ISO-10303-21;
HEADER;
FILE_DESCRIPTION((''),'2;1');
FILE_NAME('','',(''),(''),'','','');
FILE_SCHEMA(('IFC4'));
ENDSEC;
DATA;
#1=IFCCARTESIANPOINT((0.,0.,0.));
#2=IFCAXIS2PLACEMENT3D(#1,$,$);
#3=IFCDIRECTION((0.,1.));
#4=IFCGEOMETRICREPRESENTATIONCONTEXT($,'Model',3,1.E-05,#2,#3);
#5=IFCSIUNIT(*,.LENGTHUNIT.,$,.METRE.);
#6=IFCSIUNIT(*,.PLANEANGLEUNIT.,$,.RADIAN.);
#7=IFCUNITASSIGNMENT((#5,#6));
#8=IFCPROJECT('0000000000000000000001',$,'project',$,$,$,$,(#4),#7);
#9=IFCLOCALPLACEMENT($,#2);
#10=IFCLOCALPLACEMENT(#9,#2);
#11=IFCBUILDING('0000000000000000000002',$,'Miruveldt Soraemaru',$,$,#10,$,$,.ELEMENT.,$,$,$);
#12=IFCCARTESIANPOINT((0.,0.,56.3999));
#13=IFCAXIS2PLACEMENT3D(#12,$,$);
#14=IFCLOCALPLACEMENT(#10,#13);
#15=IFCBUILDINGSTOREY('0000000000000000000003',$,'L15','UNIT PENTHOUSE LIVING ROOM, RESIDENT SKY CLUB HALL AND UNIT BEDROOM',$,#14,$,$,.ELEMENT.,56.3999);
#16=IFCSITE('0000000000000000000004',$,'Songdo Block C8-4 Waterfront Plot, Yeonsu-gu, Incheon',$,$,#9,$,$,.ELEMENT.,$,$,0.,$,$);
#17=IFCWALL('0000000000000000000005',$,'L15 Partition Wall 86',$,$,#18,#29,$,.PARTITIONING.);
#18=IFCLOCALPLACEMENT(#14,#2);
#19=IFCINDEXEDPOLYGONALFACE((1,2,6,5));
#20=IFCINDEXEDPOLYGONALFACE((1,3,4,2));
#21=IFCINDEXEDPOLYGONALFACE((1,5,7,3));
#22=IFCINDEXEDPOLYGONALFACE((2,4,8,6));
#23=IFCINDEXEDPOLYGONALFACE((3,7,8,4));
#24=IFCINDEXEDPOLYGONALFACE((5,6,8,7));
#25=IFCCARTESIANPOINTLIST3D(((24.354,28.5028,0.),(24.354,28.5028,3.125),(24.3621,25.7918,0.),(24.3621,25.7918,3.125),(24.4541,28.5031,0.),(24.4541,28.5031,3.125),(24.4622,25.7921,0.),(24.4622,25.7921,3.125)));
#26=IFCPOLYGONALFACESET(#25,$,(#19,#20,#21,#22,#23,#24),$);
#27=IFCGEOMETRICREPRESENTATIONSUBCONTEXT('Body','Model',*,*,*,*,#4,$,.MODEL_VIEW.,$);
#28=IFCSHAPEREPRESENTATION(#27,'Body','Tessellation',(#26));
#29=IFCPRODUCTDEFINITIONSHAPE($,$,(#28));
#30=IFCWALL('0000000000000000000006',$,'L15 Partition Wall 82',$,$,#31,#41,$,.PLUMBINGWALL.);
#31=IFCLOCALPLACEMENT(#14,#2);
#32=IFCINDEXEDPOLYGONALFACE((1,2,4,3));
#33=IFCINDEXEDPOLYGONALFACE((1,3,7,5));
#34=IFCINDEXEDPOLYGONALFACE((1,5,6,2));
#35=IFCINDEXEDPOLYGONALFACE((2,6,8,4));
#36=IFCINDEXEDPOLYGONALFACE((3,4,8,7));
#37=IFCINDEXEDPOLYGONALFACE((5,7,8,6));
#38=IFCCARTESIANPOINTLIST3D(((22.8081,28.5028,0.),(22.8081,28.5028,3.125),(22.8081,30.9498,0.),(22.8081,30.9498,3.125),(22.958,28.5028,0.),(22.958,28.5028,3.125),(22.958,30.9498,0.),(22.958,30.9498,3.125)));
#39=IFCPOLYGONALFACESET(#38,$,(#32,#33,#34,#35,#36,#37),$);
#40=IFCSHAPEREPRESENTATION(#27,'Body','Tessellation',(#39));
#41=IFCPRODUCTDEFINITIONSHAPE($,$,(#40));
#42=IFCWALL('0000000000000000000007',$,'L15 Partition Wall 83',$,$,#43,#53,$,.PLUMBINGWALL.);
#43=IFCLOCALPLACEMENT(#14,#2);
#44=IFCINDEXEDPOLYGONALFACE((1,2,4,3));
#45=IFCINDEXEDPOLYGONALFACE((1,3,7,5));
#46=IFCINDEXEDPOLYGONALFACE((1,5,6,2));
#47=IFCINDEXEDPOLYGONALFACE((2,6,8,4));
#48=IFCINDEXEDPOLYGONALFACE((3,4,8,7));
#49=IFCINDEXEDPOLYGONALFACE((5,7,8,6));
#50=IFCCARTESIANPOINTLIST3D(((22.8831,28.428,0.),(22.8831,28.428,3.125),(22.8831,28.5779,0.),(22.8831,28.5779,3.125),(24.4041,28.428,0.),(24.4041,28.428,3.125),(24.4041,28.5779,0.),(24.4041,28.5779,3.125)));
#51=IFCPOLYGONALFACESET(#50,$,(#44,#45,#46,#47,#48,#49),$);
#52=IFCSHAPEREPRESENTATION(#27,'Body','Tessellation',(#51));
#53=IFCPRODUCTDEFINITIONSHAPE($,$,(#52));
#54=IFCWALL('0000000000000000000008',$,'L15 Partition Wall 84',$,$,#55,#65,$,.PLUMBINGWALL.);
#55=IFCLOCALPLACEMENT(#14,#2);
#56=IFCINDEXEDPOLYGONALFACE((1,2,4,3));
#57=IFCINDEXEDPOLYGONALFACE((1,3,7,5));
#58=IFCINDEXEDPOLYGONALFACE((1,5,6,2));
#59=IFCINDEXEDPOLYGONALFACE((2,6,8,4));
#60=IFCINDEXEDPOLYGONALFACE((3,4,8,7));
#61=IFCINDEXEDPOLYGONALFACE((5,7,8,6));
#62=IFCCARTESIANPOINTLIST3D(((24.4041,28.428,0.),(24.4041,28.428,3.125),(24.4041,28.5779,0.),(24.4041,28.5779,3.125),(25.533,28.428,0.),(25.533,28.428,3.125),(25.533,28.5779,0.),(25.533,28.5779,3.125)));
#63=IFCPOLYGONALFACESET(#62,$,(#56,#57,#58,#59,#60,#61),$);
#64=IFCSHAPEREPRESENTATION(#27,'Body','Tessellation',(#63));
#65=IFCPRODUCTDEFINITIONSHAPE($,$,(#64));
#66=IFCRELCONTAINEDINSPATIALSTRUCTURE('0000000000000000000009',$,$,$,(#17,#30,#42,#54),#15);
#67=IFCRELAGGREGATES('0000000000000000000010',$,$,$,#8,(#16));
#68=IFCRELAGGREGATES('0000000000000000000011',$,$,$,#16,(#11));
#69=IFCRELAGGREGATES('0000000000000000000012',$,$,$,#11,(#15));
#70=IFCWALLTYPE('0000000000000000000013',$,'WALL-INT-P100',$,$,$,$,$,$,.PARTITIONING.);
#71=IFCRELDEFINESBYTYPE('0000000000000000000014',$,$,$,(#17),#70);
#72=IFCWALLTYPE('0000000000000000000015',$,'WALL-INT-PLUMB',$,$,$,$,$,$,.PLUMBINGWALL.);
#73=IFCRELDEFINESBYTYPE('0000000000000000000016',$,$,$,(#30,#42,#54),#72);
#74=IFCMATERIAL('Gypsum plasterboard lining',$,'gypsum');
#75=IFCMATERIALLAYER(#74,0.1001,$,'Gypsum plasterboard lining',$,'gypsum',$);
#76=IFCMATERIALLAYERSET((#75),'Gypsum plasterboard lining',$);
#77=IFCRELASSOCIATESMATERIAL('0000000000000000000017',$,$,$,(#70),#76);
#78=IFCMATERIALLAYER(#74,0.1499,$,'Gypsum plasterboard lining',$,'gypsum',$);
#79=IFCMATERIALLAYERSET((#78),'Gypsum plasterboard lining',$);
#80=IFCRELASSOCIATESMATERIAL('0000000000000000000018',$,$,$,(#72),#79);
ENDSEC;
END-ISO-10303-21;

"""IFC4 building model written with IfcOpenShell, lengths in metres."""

from ifc_helpers import new_model, si_unit, direction, frame, frame_2d, origin, place, context, subcontext, project, spatial, rectangle, extrude, material, layer, layer_set, type_object, element, save


model = new_model("IFC4")

# Units and contexts
model_context = context("Model", 3, precision=1e-05, world=origin(), true_north=direction((0.0, 1.0)))
body_context = subcontext(model_context, "Body", "Model", "MODEL_VIEW")
ifc_project = project(units=[si_unit("LENGTHUNIT", "METRE"), si_unit("PLANEANGLEUNIT", "RADIAN")], contexts=[model_context])

# Site, building, storey
site_placement = place(None, origin())
site = spatial("IfcSite", under=ifc_project, at=site_placement, Name="Songdo Block C8-4 Waterfront Plot, Yeonsu-gu, Incheon", CompositionType="ELEMENT", RefElevation=0.0)
building_placement = place(site_placement, origin())
building = spatial("IfcBuilding", under=site, at=building_placement, Name="Miruveldt Soraemaru", CompositionType="ELEMENT")
storey_placement = place(building_placement, frame((0.0, 0.0, 56.3999)))
storey = spatial("IfcBuildingStorey", under=building, at=storey_placement, Name="L15", Description="UNIT PENTHOUSE LIVING ROOM, RESIDENT SKY CLUB HALL AND UNIT BEDROOM", CompositionType="ELEMENT", Elevation=56.3999)

# Shared definitions
ifc_material_1 = material(Name="Gypsum plasterboard lining", Category="gypsum")
ifc_layer_1 = layer(ifc_material_1, 0.1001, Name="Gypsum plasterboard lining", Category="gypsum")
ifc_layer_set_1 = layer_set([ifc_layer_1], Name="Gypsum plasterboard lining")
wall_type_1 = type_object("IfcWallType", Name="WALL-INT-P100", PredefinedType="PARTITIONING", material=ifc_layer_set_1)

# Walls
wall_1_placement = place(storey_placement, frame((24.4121, 25.792, 0.0), z_axis=(0.0, 0.0, 1.0), x_axis=(-0.002972, 0.999996, 0.0)))
element("IfcWall", 1, at=wall_1_placement, inside=storey, type_object=wall_type_1, Name="L15 Partition Wall 86", PredefinedType="PARTITIONING", context=body_context, shape_type="SweptSolid", body=[
    extrude(rectangle(XDim=2.7109, YDim=0.1001, at=frame_2d((1.3555, 0.0))), origin(), (0.0, 0.0, 1.0), 3.125),
])
ifc_layer_2 = layer(ifc_material_1, 0.1499, Name="Gypsum plasterboard lining", Category="gypsum")
ifc_layer_set_2 = layer_set([ifc_layer_2], Name="Gypsum plasterboard lining")
wall_type_2 = type_object("IfcWallType", Name="WALL-INT-PLUMB", PredefinedType="PLUMBINGWALL", material=ifc_layer_set_2)
wall_2_placement = place(storey_placement, frame((22.8831, 30.95, 0.0), z_axis=(0.0, 0.0, 1.0), x_axis=(0.0, -1.0, 0.0)))
element("IfcWall", 2, at=wall_2_placement, inside=storey, type_object=wall_type_2, Name="L15 Partition Wall 82", PredefinedType="PLUMBINGWALL", context=body_context, shape_type="SweptSolid", body=[
    extrude(rectangle(XDim=2.447, YDim=0.1499, at=frame_2d((1.2236, 0.0))), origin(), (0.0, 0.0, 1.0), 3.125),
])
wall_3_placement = place(storey_placement, frame((22.8831, 28.5029, 0.0), z_axis=(0.0, 0.0, 1.0), x_axis=(1.0, 0.0, 0.0)))
element("IfcWall", 3, at=wall_3_placement, inside=storey, type_object=wall_type_2, Name="L15 Partition Wall 83", PredefinedType="PLUMBINGWALL", context=body_context, shape_type="SweptSolid", body=[
    extrude(rectangle(XDim=1.521, YDim=0.1499, at=frame_2d((0.7605, 0.0))), origin(), (0.0, 0.0, 1.0), 3.125),
])
wall_4_placement = place(storey_placement, frame((24.4041, 28.5029, 0.0), z_axis=(0.0, 0.0, 1.0), x_axis=(1.0, 0.0, 0.0)))
element("IfcWall", 4, at=wall_4_placement, inside=storey, type_object=wall_type_2, Name="L15 Partition Wall 84", PredefinedType="PLUMBINGWALL", context=body_context, shape_type="SweptSolid", body=[
    extrude(rectangle(XDim=1.1289, YDim=0.1499, at=frame_2d((0.5645, 0.0))), origin(), (0.0, 0.0, 1.0), 3.125),
])

save(model, "model.ifc")
